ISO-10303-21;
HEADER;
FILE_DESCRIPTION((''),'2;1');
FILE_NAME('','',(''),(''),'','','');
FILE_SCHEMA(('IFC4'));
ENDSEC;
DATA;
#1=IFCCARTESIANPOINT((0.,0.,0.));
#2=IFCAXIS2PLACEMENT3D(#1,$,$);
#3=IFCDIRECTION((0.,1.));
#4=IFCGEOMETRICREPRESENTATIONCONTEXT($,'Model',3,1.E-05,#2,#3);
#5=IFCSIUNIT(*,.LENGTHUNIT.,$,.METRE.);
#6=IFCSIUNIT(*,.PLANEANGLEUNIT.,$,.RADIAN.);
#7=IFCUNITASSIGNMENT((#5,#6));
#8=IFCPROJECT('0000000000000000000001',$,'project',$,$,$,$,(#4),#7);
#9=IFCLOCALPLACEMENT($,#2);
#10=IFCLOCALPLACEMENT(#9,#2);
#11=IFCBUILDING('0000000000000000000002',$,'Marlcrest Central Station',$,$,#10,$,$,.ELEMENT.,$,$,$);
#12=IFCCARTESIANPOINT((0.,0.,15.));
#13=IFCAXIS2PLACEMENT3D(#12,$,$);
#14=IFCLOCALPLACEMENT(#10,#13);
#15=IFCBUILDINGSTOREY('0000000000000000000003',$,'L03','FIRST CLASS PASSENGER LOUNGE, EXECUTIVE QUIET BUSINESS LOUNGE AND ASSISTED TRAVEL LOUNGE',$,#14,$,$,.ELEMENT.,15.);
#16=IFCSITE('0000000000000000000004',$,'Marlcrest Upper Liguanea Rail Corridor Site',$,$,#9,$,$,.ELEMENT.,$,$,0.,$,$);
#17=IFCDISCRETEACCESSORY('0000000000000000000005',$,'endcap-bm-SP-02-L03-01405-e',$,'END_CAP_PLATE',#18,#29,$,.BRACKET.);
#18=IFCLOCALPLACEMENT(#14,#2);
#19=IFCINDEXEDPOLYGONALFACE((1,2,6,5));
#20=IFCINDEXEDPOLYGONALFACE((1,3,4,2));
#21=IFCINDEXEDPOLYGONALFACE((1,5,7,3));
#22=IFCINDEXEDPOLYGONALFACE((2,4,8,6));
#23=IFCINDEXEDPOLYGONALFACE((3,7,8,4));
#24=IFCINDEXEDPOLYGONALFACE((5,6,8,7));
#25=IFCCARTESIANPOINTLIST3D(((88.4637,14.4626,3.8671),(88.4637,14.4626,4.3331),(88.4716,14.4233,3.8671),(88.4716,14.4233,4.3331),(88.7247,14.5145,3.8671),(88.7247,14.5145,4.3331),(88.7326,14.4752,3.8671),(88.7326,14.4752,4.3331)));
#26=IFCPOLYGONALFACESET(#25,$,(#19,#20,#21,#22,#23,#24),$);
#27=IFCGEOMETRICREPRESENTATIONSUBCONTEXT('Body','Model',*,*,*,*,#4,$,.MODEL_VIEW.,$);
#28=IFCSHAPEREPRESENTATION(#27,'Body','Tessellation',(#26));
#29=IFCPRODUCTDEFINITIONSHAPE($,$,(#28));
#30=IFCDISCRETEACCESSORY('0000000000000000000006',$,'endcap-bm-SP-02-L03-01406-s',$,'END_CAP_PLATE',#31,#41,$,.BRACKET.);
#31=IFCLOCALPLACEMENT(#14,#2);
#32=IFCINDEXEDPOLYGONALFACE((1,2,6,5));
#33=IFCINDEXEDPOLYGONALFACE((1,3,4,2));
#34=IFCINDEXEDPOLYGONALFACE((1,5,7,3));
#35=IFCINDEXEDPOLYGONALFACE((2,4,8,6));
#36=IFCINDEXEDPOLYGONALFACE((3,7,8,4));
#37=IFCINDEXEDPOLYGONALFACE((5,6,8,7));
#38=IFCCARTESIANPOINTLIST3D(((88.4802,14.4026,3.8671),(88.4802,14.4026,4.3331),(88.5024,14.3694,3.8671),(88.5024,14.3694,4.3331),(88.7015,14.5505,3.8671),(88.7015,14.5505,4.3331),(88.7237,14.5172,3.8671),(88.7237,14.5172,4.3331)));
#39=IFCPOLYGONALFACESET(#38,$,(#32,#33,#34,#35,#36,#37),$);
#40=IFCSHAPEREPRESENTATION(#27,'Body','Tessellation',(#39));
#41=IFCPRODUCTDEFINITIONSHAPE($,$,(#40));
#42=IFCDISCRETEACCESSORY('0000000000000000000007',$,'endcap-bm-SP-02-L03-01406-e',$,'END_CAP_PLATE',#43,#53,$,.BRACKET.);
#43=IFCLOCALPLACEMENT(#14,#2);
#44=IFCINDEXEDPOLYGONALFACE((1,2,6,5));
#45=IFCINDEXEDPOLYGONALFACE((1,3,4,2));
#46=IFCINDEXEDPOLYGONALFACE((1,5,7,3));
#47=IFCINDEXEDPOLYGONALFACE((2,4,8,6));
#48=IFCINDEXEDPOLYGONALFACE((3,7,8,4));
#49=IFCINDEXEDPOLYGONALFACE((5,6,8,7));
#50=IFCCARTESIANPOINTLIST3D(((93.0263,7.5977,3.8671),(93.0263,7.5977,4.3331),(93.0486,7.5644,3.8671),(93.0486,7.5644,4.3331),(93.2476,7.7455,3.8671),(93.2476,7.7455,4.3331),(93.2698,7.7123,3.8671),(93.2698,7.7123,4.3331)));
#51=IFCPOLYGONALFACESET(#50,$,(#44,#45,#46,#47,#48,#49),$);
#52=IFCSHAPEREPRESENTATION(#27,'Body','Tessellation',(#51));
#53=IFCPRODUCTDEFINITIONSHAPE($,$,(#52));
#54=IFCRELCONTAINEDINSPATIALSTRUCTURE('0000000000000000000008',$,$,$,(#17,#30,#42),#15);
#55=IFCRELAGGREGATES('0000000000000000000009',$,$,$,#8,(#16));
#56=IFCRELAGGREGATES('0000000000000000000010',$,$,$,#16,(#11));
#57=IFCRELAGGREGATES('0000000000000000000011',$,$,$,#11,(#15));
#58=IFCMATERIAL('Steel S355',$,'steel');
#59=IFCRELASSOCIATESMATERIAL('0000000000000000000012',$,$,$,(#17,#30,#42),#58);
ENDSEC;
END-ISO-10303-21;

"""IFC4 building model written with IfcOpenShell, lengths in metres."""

from ifc_helpers import new_model, si_unit, direction, frame, origin, origin_2d, place, context, subcontext, project, spatial, rectangle, extrude, material, element, save


model = new_model("IFC4")

# Units and contexts
model_context = context("Model", 3, precision=1e-05, world=origin(), true_north=direction((0.0, 1.0)))
body_context = subcontext(model_context, "Body", "Model", "MODEL_VIEW")
ifc_project = project(units=[si_unit("LENGTHUNIT", "METRE"), si_unit("PLANEANGLEUNIT", "RADIAN")], contexts=[model_context])

# Site, building, storey
site_placement = place(None, origin())
site = spatial("IfcSite", under=ifc_project, at=site_placement, Name="Marlcrest Upper Liguanea Rail Corridor Site", CompositionType="ELEMENT", RefElevation=0.0)
building_placement = place(site_placement, origin())
building = spatial("IfcBuilding", under=site, at=building_placement, Name="Marlcrest Central Station", CompositionType="ELEMENT")
storey_placement = place(building_placement, frame((0.0, 0.0, 15.0)))
storey = spatial("IfcBuildingStorey", under=building, at=storey_placement, Name="L03", Description="FIRST CLASS PASSENGER LOUNGE, EXECUTIVE QUIET BUSINESS LOUNGE AND ASSISTED TRAVEL LOUNGE", CompositionType="ELEMENT", Elevation=15.0)

# Shared definitions
ifc_material_1 = material(Name="Steel S355", Category="steel")

# Discrete accessories
for number, where, z_axis, x_axis, name in (
    (1, (88.5942, 14.4885, 4.1001), (0.195171, -0.980769, 0.0), (0.980769, 0.195171, 0.0), "endcap-bm-SP-02-L03-01405-e"),
    (2, (88.5908, 14.4766, 4.1001), (0.555511, -0.831509, 0.0), (0.831509, 0.555511, 0.0), "endcap-bm-SP-02-L03-01406-s"),
    (3, (93.137, 7.6716, 4.1001), (0.555511, -0.831509, 0.0), (0.831509, 0.555511, 0.0), "endcap-bm-SP-02-L03-01406-e"),
):
    element("IfcDiscreteAccessory", number, at=place(storey_placement, frame(where, z_axis=z_axis, x_axis=x_axis)), inside=storey, material=ifc_material_1, Name=name, ObjectType="END_CAP_PLATE", PredefinedType="BRACKET", context=body_context, shape_type="SweptSolid", body=[
        extrude(rectangle(XDim=0.2661, YDim=0.4661, at=origin_2d()), origin(), (0.0, 0.0, 1.0), 0.04),
    ])

save(model, "model.ifc")
